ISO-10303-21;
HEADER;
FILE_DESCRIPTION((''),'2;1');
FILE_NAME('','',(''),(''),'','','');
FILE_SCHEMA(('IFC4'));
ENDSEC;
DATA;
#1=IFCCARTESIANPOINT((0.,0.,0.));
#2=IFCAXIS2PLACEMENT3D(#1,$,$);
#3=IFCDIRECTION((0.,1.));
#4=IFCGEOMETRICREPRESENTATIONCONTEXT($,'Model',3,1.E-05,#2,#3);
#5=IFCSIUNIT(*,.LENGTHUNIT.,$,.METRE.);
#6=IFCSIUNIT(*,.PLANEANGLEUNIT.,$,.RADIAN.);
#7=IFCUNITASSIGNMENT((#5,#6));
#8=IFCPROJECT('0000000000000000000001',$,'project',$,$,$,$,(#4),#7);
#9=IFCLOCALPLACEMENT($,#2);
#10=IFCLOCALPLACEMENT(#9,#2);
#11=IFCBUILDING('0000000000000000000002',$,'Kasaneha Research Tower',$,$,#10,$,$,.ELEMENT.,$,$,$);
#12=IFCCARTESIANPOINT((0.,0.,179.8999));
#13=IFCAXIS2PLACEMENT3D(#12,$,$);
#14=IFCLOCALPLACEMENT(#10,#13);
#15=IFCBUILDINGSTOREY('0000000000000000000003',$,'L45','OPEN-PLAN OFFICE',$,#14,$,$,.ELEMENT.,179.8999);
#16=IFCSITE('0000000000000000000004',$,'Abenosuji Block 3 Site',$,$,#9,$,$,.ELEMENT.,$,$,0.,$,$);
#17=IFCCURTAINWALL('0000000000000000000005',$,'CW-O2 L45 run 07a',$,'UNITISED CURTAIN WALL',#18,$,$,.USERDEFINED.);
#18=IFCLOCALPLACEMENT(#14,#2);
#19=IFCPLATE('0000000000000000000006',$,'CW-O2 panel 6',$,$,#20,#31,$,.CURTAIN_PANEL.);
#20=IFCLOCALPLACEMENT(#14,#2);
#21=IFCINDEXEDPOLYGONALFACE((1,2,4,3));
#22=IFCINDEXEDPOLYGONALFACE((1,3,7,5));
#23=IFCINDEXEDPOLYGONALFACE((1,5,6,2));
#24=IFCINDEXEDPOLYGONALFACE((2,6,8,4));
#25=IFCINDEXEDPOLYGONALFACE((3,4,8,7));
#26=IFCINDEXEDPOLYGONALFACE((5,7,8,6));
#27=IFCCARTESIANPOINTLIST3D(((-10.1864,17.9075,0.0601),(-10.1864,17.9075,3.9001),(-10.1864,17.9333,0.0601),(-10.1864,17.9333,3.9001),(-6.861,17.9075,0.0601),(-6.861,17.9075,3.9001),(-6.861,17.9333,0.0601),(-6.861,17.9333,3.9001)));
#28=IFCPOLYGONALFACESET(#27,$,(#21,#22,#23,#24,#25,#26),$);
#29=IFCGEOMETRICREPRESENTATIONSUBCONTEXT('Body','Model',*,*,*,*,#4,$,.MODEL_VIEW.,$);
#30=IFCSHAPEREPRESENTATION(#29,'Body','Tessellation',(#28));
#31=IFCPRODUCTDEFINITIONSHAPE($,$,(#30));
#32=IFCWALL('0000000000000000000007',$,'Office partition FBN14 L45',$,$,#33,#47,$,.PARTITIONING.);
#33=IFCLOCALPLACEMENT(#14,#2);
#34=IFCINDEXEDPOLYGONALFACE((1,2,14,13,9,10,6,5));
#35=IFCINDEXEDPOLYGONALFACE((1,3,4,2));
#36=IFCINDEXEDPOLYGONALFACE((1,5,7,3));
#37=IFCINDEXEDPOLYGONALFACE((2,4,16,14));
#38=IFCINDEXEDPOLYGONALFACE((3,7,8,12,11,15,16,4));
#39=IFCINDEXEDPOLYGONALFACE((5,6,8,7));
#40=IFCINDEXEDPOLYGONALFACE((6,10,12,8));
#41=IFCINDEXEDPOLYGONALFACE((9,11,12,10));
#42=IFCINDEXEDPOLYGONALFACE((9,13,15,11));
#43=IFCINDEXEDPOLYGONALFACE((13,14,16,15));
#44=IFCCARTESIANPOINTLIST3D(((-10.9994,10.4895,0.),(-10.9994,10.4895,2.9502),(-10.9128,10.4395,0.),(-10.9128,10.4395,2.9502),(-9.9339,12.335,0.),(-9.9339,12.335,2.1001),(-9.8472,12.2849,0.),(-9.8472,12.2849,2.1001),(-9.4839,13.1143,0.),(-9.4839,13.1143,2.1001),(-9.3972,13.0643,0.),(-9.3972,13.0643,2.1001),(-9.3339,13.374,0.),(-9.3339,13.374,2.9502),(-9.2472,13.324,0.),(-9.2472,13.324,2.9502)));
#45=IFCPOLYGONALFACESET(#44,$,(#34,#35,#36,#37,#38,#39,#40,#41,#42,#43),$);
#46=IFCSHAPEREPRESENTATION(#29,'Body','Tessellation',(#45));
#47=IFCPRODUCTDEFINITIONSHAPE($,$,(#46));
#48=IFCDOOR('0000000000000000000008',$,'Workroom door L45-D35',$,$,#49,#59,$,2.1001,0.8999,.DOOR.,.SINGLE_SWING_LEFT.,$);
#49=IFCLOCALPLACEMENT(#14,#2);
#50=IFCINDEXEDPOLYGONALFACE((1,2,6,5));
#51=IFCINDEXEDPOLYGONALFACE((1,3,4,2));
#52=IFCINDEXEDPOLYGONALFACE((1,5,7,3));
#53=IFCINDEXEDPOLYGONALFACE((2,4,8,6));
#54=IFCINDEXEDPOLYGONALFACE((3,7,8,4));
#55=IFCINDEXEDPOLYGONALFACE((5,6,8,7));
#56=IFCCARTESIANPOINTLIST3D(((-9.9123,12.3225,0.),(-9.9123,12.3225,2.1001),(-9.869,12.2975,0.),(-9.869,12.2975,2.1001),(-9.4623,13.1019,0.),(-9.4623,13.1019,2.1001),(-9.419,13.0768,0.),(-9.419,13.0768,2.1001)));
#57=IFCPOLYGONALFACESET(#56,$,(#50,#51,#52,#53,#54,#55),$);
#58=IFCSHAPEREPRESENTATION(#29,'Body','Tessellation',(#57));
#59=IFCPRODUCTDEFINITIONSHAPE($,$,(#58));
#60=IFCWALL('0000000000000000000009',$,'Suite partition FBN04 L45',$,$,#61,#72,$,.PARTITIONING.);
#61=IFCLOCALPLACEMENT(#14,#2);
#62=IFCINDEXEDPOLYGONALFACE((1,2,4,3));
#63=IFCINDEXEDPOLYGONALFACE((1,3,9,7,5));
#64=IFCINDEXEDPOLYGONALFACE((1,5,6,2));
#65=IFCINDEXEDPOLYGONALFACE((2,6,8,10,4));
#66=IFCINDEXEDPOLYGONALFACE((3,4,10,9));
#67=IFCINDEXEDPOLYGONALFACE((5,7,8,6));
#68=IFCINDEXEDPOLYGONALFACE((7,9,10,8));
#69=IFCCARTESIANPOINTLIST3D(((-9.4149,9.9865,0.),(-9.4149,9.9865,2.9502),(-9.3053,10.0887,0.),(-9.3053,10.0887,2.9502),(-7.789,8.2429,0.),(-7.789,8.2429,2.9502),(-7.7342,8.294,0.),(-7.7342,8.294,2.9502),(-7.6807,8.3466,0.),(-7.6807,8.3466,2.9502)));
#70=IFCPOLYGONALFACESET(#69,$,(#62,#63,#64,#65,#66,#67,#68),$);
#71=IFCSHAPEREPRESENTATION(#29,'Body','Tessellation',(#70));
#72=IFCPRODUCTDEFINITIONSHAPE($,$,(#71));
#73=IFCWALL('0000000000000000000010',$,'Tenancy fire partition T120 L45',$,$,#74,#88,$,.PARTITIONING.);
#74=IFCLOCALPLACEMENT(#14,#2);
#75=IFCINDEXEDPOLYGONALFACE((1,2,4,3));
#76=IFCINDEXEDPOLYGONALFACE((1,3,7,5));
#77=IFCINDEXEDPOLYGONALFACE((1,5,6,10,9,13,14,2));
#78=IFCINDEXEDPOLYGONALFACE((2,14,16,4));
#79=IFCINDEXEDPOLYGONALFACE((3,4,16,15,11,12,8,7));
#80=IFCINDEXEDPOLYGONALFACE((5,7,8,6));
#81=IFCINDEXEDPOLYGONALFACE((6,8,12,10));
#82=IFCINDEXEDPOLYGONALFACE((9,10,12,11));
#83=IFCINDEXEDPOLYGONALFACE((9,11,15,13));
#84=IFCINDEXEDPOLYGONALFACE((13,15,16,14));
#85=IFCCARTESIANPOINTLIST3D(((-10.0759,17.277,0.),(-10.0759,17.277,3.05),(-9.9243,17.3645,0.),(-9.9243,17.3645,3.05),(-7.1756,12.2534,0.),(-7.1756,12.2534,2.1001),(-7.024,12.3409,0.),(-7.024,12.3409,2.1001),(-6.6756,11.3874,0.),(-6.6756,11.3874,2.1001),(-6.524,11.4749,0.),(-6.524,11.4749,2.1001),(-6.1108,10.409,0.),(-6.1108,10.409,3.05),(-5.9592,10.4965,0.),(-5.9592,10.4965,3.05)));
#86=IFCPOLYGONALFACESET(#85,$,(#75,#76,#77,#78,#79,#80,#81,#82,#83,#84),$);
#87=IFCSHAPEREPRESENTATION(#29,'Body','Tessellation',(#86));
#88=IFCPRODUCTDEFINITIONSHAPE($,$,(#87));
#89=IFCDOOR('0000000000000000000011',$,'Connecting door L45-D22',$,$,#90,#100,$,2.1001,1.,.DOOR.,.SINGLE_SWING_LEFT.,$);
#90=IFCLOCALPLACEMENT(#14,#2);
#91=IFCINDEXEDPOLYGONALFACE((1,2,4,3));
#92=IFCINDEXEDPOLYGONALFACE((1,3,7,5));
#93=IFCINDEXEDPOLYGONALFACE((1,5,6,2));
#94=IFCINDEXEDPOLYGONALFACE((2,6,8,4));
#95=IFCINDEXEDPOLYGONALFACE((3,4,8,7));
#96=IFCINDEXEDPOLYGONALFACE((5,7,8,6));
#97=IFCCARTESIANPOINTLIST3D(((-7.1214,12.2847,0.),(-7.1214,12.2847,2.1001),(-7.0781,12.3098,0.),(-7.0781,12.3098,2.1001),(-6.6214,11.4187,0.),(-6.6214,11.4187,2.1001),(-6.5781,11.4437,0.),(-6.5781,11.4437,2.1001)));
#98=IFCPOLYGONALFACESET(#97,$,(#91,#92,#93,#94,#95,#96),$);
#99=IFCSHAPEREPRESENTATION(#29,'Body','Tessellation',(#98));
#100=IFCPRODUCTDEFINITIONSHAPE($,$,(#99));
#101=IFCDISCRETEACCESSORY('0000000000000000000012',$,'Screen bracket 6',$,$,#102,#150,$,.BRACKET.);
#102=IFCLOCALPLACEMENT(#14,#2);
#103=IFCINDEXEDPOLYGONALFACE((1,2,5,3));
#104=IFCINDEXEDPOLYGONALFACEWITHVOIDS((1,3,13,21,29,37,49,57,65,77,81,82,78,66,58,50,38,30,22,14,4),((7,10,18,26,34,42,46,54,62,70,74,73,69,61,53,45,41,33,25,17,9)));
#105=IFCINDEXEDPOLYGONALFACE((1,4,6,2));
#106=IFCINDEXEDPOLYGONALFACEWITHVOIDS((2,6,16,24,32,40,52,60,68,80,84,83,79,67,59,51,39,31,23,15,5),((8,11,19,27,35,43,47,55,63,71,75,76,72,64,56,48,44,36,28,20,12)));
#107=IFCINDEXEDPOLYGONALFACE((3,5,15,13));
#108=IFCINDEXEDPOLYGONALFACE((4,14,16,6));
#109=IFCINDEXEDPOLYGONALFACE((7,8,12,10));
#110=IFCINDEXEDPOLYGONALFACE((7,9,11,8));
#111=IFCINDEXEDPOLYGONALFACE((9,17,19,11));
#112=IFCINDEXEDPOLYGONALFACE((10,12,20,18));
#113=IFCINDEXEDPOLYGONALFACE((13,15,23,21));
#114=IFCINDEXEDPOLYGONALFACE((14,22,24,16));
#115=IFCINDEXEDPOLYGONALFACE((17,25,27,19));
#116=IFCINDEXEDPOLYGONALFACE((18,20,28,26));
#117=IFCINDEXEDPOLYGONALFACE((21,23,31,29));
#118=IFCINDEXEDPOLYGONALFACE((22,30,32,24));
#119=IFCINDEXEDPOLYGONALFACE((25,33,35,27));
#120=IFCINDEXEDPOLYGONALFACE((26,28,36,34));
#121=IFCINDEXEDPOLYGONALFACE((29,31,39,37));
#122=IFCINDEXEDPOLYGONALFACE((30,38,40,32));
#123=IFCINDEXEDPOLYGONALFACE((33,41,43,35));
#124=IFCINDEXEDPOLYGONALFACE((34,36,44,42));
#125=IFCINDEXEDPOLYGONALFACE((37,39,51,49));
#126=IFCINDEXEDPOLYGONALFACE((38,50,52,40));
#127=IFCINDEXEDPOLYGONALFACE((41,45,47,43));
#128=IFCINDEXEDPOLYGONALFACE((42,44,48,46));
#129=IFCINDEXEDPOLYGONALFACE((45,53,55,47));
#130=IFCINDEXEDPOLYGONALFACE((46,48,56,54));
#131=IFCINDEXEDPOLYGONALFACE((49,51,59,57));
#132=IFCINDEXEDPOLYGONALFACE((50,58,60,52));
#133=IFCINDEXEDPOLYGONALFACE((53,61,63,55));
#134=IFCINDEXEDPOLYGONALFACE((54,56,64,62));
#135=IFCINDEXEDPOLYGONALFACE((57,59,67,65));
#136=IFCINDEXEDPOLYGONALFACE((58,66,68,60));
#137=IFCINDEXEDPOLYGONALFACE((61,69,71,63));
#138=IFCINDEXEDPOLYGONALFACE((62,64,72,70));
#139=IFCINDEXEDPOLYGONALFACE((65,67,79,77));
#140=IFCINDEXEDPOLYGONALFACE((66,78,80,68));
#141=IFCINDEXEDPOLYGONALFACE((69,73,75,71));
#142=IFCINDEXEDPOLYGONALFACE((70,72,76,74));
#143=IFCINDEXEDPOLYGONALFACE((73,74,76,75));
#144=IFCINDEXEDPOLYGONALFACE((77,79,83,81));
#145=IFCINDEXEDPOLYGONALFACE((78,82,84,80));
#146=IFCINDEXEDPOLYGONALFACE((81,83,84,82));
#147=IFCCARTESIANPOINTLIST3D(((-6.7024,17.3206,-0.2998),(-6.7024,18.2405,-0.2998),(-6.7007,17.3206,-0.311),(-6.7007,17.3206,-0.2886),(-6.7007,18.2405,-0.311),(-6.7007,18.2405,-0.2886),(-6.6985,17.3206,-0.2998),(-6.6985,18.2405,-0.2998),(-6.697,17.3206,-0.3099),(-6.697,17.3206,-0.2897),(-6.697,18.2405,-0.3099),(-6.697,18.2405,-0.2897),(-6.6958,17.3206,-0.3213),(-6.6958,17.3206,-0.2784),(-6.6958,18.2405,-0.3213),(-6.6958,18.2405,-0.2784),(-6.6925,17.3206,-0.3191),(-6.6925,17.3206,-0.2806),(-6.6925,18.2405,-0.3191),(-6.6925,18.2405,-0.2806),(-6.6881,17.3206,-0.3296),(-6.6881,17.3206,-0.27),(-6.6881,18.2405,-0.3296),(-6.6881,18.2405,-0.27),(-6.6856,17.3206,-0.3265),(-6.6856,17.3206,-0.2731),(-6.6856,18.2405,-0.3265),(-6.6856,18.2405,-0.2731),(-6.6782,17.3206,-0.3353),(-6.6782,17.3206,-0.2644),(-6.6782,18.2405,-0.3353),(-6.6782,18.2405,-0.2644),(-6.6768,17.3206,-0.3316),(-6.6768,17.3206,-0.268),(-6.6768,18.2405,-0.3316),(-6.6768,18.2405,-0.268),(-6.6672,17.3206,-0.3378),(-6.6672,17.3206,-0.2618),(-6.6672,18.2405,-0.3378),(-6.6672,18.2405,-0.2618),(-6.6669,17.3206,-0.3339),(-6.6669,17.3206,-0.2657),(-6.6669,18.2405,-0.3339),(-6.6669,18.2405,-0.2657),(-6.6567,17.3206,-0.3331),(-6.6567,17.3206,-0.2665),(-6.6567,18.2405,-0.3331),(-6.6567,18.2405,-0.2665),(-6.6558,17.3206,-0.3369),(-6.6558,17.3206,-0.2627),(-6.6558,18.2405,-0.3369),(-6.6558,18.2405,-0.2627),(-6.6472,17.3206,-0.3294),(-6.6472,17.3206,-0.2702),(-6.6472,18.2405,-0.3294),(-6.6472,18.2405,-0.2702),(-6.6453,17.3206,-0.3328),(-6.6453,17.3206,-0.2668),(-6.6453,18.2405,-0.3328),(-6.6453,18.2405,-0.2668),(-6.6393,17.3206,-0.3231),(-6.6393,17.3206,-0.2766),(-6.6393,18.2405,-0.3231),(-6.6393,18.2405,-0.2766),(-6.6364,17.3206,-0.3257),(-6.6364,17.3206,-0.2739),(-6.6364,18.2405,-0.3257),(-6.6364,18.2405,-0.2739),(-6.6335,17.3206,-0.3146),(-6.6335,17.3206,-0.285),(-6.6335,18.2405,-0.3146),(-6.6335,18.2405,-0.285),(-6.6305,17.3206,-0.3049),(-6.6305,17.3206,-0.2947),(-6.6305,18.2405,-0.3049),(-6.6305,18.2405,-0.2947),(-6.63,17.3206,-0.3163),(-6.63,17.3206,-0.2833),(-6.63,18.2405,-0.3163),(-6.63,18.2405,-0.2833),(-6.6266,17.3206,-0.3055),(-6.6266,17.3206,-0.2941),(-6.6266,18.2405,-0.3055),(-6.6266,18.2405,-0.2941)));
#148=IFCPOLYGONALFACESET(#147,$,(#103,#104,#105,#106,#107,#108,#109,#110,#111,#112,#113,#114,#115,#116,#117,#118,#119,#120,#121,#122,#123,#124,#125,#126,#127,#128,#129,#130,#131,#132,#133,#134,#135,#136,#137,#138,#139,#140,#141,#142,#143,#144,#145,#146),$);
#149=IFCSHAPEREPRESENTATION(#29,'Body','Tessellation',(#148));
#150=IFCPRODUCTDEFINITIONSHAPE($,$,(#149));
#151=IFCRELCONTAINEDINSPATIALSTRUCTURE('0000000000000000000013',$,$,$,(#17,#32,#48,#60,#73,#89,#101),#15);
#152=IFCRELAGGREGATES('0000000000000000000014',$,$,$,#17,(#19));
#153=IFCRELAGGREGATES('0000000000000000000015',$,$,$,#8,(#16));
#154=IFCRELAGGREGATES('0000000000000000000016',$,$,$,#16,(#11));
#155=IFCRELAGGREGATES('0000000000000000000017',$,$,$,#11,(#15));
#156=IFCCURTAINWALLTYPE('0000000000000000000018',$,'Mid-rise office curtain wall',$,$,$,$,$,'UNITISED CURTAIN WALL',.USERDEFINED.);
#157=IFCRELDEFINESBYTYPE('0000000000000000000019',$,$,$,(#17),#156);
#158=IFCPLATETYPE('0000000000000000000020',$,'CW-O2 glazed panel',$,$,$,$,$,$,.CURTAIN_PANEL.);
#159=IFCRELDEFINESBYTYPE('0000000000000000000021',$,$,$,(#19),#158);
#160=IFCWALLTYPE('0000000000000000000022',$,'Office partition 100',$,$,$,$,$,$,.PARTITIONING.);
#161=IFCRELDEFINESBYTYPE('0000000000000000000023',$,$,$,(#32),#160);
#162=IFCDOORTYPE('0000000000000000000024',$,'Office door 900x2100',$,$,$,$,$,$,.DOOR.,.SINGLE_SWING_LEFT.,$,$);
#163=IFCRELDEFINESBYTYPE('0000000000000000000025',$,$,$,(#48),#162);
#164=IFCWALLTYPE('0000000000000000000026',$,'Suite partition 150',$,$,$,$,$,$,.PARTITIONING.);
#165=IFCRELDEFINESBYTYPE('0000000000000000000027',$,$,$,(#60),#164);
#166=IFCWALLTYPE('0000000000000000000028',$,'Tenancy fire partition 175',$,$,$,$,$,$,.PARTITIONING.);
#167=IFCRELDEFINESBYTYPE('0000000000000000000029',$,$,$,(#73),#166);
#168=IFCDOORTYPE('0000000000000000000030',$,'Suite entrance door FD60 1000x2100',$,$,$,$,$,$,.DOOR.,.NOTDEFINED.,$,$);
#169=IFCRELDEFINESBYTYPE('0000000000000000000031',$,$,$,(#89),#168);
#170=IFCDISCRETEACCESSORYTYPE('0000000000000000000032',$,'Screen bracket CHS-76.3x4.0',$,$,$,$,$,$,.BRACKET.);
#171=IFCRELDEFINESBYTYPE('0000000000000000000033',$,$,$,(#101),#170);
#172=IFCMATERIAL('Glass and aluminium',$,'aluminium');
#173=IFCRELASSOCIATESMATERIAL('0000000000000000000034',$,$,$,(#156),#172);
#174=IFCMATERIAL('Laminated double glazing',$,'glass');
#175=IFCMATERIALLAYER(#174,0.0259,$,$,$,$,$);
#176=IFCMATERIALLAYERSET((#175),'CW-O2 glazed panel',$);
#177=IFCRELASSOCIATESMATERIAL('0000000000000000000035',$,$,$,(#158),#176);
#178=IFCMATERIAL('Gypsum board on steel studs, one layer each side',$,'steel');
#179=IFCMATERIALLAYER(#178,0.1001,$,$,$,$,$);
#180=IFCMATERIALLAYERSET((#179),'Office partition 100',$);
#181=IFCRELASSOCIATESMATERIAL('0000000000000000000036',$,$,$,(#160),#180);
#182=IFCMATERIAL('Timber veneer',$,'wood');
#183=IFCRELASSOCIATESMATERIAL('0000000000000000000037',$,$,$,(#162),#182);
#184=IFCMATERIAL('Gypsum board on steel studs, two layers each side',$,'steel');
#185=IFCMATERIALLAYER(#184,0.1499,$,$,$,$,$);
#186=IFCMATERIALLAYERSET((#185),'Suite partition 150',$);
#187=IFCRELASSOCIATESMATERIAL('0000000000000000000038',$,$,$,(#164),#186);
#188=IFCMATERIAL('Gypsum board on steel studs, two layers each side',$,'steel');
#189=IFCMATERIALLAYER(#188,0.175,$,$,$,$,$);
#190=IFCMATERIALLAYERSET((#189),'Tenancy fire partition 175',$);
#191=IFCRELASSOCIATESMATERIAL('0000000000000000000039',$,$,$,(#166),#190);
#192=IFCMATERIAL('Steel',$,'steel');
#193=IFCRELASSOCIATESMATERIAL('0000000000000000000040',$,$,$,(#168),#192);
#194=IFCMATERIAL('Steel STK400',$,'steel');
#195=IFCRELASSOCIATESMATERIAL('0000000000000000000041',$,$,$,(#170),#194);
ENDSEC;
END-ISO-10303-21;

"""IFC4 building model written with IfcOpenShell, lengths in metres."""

from ifc_helpers import new_model, si_unit, direction, frame, frame_2d, origin, origin_2d, place, context, subcontext, project, spatial, polyline, rectangle, hollow_circle, outline, extrude, material, layer, layer_set, material_profile, profile_set, type_object, element, fill, aggregate, save


model = new_model("IFC4")

# Units and contexts
model_context = context("Model", 3, precision=1e-05, world=origin(), true_north=direction((0.0, 1.0)))
body_context = subcontext(model_context, "Body", "Model", "MODEL_VIEW")
ifc_project = project(units=[si_unit("LENGTHUNIT", "METRE"), si_unit("PLANEANGLEUNIT", "RADIAN")], contexts=[model_context])

# Site, building, storey
site_placement = place(None, origin())
site = spatial("IfcSite", under=ifc_project, at=site_placement, Name="Abenosuji Block 3 Site", CompositionType="ELEMENT", RefElevation=0.0)
building_placement = place(site_placement, origin())
building = spatial("IfcBuilding", under=site, at=building_placement, Name="Kasaneha Research Tower", CompositionType="ELEMENT")
storey_placement = place(building_placement, frame((0.0, 0.0, 179.8999)))
storey = spatial("IfcBuildingStorey", under=building, at=storey_placement, Name="L45", Description="OPEN-PLAN OFFICE", CompositionType="ELEMENT", Elevation=179.8999)

# Curtain wall
ifc_material_1 = material(Name="Glass and aluminium", Category="aluminium")
curtain_wall_type = type_object("IfcCurtainWallType", Name="Mid-rise office curtain wall", ElementType="UNITISED CURTAIN WALL", PredefinedType="USERDEFINED", material=ifc_material_1)
curtain_wall_placement = place(storey_placement, origin())
curtain_wall = element("IfcCurtainWall", 1, at=curtain_wall_placement, inside=storey, type_object=curtain_wall_type, Name="CW-O2 L45 run 07a", ObjectType="UNITISED CURTAIN WALL", PredefinedType="USERDEFINED")

# Plate
ifc_material_2 = material(Name="Laminated double glazing", Category="glass")
ifc_layer_1 = layer(ifc_material_2, 0.0259)
ifc_layer_set_1 = layer_set([ifc_layer_1], Name="CW-O2 glazed panel")
plate_type = type_object("IfcPlateType", Name="CW-O2 glazed panel", PredefinedType="CURTAIN_PANEL", material=ifc_layer_set_1)
plate_placement = place(storey_placement, frame((-8.5237, 17.9204, 0.0601), z_axis=(0.0, 0.0, 1.0), x_axis=(-1.0, 0.0, 0.0)))
plate = element("IfcPlate", 2, at=plate_placement, type_object=plate_type, Name="CW-O2 panel 6", PredefinedType="CURTAIN_PANEL", context=body_context, shape_type="SweptSolid", body=[
    extrude(rectangle(XDim=3.3254, YDim=0.0259, at=origin_2d()), origin(), (0.0, 0.0, 1.0), 3.8401),
])
aggregate(curtain_wall, [plate])

# Wall, opening, door
ifc_material_3 = material(Name="Gypsum board on steel studs, one layer each side", Category="steel")
ifc_layer_2 = layer(ifc_material_3, 0.1001)
ifc_layer_set_2 = layer_set([ifc_layer_2], Name="Office partition 100")
wall_type_1 = type_object("IfcWallType", Name="Office partition 100", PredefinedType="PARTITIONING", material=ifc_layer_set_2)
wall_1_placement = place(storey_placement, frame((-9.2905, 13.3491, 0.0), z_axis=(0.0, 0.0, 1.0), x_axis=(-0.500033, -0.866006, 0.0)))
wall_1 = element("IfcWall", 3, at=wall_1_placement, inside=storey, type_object=wall_type_1, Name="Office partition FBN14 L45", PredefinedType="PARTITIONING", context=body_context, shape_type="SweptSolid", body=[
    extrude(rectangle(XDim=3.3308, YDim=0.1001, at=frame_2d((1.6655, 0.0))), origin(), (0.0, 0.0, 1.0), 2.9502),
])
opening_1_placement = place(wall_1_placement, frame((0.3, 0.0, 0.0)))
opening_1 = element("IfcOpeningElement", 4, at=opening_1_placement, cuts=wall_1, PredefinedType="OPENING", context=body_context, shape_type="SweptSolid", body=[
    extrude(rectangle(XDim=0.8999, YDim=2.1001, at=frame_2d((0.45, 1.05))), frame((0.0, 0.0601, 0.0), z_axis=(0.0, -1.0, 0.0), x_axis=(1.0, 0.0, 0.0)), (0.0, 0.0, 1.0), 0.1201),
])
ifc_material_4 = material(Name="Timber veneer", Category="wood")
door_type_1 = type_object("IfcDoorType", Name="Office door 900x2100", OperationType="SINGLE_SWING_LEFT", PredefinedType="DOOR", material=ifc_material_4)
door_1_placement = place(opening_1_placement, origin())
door_1 = element("IfcDoor", 5, at=door_1_placement, inside=storey, type_object=door_type_1, Name="Workroom door L45-D35", OperationType="SINGLE_SWING_LEFT", OverallHeight=2.1001, OverallWidth=0.8999, PredefinedType="DOOR", context=body_context, shape_type="SweptSolid", body=[
    extrude(rectangle(XDim=0.8999, YDim=2.1001, at=frame_2d((0.45, 1.05))), frame((0.0, 0.0249, 0.0), z_axis=(0.0, -1.0, 0.0), x_axis=(1.0, 0.0, 0.0)), (0.0, 0.0, 1.0), 0.05),
])
fill(opening_1, door_1)

# Wall
ifc_material_5 = material(Name="Gypsum board on steel studs, two layers each side", Category="steel")
ifc_layer_3 = layer(ifc_material_5, 0.1499)
ifc_layer_set_3 = layer_set([ifc_layer_3], Name="Suite partition 150")
wall_type_2 = type_object("IfcWallType", Name="Suite partition 150", PredefinedType="PARTITIONING", material=ifc_layer_set_3)
wall_2_placement = place(storey_placement, frame((-9.3601, 10.0376, 0.0), z_axis=(0.0, 0.0, 1.0), x_axis=(0.681997, -0.731355, 0.0)))
element("IfcWall", 6, at=wall_2_placement, inside=storey, type_object=wall_type_2, Name="Suite partition FBN04 L45", PredefinedType="PARTITIONING", context=body_context, shape_type="SweptSolid", body=[
    extrude(outline(polyline([(0.0, -0.075), (2.384, -0.075), (2.384, 0.0), (2.3821, 0.075), (0.0, 0.075), (0.0, -0.075)])), origin(), (0.0, 0.0, 1.0), 2.9502),
])

# Wall, opening, door
ifc_material_6 = material(Name="Gypsum board on steel studs, two layers each side", Category="steel")
ifc_layer_4 = layer(ifc_material_6, 0.175)
ifc_layer_set_4 = layer_set([ifc_layer_4], Name="Tenancy fire partition 175")
wall_type_3 = type_object("IfcWallType", Name="Tenancy fire partition 175", PredefinedType="PARTITIONING", material=ifc_layer_set_4)
wall_3_placement = place(storey_placement, frame((-6.0349, 10.4526, 0.0), z_axis=(0.0, 0.0, 1.0), x_axis=(-0.49999, 0.866031, 0.0)))
wall_3 = element("IfcWall", 7, at=wall_3_placement, inside=storey, type_object=wall_type_3, Name="Tenancy fire partition T120 L45", PredefinedType="PARTITIONING", context=body_context, shape_type="SweptSolid", body=[
    extrude(rectangle(XDim=7.9304, YDim=0.175, at=frame_2d((3.9653, 0.0))), origin(), (0.0, 0.0, 1.0), 3.05),
])
opening_2_placement = place(wall_3_placement, frame((1.1299, 0.0, 0.0)))
opening_2 = element("IfcOpeningElement", 8, at=opening_2_placement, cuts=wall_3, PredefinedType="OPENING", context=body_context, shape_type="SweptSolid", body=[
    extrude(rectangle(XDim=1.0, YDim=2.1001, at=frame_2d((0.5, 1.05))), frame((0.0, 0.0977, 0.0), z_axis=(0.0, -1.0, 0.0), x_axis=(1.0, 0.0, 0.0)), (0.0, 0.0, 1.0), 0.1951),
])
ifc_material_7 = material(Name="Steel", Category="steel")
door_type_2 = type_object("IfcDoorType", Name="Suite entrance door FD60 1000x2100", OperationType="NOTDEFINED", PredefinedType="DOOR", material=ifc_material_7)
door_2_placement = place(opening_2_placement, origin())
door_2 = element("IfcDoor", 9, at=door_2_placement, inside=storey, type_object=door_type_2, Name="Connecting door L45-D22", OperationType="SINGLE_SWING_LEFT", OverallHeight=2.1001, OverallWidth=1.0, PredefinedType="DOOR", context=body_context, shape_type="SweptSolid", body=[
    extrude(rectangle(XDim=1.0, YDim=2.1001, at=frame_2d((0.5, 1.05))), frame((0.0, 0.0249, 0.0), z_axis=(0.0, -1.0, 0.0), x_axis=(1.0, 0.0, 0.0)), (0.0, 0.0, 1.0), 0.05),
])
fill(opening_2, door_2)

# Discrete accessory
ifc_material_8 = material(Name="Steel STK400", Category="steel")
ifc_material_profile_1 = material_profile(ifc_material_8, hollow_circle(Radius=0.0381, WallThickness=0.0039, at=origin_2d()), Name="CHS-76.3x4.0")
ifc_profile_set_1 = profile_set([ifc_material_profile_1], Name="Steel STK400")
discrete_accessory_type = type_object("IfcDiscreteAccessoryType", Name="Screen bracket CHS-76.3x4.0", PredefinedType="BRACKET", material=ifc_profile_set_1)
for number, where, z_axis, x_axis, name in (
    (10, (-6.6643, 17.3206, -0.2998), (0.0, 1.0, 0.0), (-1.0, 0.0, 0.0), "Screen bracket 6"),
):
    element("IfcDiscreteAccessory", number, at=place(storey_placement, frame(where, z_axis=z_axis, x_axis=x_axis)), inside=storey, type_object=discrete_accessory_type, Name=name, PredefinedType="BRACKET", context=body_context, shape_type="SweptSolid", body=[
        extrude(hollow_circle(Radius=0.0381, WallThickness=0.0039, at=origin_2d()), origin(), (0.0, 0.0, 1.0), 0.9199),
    ])

save(model, "model.ifc")
